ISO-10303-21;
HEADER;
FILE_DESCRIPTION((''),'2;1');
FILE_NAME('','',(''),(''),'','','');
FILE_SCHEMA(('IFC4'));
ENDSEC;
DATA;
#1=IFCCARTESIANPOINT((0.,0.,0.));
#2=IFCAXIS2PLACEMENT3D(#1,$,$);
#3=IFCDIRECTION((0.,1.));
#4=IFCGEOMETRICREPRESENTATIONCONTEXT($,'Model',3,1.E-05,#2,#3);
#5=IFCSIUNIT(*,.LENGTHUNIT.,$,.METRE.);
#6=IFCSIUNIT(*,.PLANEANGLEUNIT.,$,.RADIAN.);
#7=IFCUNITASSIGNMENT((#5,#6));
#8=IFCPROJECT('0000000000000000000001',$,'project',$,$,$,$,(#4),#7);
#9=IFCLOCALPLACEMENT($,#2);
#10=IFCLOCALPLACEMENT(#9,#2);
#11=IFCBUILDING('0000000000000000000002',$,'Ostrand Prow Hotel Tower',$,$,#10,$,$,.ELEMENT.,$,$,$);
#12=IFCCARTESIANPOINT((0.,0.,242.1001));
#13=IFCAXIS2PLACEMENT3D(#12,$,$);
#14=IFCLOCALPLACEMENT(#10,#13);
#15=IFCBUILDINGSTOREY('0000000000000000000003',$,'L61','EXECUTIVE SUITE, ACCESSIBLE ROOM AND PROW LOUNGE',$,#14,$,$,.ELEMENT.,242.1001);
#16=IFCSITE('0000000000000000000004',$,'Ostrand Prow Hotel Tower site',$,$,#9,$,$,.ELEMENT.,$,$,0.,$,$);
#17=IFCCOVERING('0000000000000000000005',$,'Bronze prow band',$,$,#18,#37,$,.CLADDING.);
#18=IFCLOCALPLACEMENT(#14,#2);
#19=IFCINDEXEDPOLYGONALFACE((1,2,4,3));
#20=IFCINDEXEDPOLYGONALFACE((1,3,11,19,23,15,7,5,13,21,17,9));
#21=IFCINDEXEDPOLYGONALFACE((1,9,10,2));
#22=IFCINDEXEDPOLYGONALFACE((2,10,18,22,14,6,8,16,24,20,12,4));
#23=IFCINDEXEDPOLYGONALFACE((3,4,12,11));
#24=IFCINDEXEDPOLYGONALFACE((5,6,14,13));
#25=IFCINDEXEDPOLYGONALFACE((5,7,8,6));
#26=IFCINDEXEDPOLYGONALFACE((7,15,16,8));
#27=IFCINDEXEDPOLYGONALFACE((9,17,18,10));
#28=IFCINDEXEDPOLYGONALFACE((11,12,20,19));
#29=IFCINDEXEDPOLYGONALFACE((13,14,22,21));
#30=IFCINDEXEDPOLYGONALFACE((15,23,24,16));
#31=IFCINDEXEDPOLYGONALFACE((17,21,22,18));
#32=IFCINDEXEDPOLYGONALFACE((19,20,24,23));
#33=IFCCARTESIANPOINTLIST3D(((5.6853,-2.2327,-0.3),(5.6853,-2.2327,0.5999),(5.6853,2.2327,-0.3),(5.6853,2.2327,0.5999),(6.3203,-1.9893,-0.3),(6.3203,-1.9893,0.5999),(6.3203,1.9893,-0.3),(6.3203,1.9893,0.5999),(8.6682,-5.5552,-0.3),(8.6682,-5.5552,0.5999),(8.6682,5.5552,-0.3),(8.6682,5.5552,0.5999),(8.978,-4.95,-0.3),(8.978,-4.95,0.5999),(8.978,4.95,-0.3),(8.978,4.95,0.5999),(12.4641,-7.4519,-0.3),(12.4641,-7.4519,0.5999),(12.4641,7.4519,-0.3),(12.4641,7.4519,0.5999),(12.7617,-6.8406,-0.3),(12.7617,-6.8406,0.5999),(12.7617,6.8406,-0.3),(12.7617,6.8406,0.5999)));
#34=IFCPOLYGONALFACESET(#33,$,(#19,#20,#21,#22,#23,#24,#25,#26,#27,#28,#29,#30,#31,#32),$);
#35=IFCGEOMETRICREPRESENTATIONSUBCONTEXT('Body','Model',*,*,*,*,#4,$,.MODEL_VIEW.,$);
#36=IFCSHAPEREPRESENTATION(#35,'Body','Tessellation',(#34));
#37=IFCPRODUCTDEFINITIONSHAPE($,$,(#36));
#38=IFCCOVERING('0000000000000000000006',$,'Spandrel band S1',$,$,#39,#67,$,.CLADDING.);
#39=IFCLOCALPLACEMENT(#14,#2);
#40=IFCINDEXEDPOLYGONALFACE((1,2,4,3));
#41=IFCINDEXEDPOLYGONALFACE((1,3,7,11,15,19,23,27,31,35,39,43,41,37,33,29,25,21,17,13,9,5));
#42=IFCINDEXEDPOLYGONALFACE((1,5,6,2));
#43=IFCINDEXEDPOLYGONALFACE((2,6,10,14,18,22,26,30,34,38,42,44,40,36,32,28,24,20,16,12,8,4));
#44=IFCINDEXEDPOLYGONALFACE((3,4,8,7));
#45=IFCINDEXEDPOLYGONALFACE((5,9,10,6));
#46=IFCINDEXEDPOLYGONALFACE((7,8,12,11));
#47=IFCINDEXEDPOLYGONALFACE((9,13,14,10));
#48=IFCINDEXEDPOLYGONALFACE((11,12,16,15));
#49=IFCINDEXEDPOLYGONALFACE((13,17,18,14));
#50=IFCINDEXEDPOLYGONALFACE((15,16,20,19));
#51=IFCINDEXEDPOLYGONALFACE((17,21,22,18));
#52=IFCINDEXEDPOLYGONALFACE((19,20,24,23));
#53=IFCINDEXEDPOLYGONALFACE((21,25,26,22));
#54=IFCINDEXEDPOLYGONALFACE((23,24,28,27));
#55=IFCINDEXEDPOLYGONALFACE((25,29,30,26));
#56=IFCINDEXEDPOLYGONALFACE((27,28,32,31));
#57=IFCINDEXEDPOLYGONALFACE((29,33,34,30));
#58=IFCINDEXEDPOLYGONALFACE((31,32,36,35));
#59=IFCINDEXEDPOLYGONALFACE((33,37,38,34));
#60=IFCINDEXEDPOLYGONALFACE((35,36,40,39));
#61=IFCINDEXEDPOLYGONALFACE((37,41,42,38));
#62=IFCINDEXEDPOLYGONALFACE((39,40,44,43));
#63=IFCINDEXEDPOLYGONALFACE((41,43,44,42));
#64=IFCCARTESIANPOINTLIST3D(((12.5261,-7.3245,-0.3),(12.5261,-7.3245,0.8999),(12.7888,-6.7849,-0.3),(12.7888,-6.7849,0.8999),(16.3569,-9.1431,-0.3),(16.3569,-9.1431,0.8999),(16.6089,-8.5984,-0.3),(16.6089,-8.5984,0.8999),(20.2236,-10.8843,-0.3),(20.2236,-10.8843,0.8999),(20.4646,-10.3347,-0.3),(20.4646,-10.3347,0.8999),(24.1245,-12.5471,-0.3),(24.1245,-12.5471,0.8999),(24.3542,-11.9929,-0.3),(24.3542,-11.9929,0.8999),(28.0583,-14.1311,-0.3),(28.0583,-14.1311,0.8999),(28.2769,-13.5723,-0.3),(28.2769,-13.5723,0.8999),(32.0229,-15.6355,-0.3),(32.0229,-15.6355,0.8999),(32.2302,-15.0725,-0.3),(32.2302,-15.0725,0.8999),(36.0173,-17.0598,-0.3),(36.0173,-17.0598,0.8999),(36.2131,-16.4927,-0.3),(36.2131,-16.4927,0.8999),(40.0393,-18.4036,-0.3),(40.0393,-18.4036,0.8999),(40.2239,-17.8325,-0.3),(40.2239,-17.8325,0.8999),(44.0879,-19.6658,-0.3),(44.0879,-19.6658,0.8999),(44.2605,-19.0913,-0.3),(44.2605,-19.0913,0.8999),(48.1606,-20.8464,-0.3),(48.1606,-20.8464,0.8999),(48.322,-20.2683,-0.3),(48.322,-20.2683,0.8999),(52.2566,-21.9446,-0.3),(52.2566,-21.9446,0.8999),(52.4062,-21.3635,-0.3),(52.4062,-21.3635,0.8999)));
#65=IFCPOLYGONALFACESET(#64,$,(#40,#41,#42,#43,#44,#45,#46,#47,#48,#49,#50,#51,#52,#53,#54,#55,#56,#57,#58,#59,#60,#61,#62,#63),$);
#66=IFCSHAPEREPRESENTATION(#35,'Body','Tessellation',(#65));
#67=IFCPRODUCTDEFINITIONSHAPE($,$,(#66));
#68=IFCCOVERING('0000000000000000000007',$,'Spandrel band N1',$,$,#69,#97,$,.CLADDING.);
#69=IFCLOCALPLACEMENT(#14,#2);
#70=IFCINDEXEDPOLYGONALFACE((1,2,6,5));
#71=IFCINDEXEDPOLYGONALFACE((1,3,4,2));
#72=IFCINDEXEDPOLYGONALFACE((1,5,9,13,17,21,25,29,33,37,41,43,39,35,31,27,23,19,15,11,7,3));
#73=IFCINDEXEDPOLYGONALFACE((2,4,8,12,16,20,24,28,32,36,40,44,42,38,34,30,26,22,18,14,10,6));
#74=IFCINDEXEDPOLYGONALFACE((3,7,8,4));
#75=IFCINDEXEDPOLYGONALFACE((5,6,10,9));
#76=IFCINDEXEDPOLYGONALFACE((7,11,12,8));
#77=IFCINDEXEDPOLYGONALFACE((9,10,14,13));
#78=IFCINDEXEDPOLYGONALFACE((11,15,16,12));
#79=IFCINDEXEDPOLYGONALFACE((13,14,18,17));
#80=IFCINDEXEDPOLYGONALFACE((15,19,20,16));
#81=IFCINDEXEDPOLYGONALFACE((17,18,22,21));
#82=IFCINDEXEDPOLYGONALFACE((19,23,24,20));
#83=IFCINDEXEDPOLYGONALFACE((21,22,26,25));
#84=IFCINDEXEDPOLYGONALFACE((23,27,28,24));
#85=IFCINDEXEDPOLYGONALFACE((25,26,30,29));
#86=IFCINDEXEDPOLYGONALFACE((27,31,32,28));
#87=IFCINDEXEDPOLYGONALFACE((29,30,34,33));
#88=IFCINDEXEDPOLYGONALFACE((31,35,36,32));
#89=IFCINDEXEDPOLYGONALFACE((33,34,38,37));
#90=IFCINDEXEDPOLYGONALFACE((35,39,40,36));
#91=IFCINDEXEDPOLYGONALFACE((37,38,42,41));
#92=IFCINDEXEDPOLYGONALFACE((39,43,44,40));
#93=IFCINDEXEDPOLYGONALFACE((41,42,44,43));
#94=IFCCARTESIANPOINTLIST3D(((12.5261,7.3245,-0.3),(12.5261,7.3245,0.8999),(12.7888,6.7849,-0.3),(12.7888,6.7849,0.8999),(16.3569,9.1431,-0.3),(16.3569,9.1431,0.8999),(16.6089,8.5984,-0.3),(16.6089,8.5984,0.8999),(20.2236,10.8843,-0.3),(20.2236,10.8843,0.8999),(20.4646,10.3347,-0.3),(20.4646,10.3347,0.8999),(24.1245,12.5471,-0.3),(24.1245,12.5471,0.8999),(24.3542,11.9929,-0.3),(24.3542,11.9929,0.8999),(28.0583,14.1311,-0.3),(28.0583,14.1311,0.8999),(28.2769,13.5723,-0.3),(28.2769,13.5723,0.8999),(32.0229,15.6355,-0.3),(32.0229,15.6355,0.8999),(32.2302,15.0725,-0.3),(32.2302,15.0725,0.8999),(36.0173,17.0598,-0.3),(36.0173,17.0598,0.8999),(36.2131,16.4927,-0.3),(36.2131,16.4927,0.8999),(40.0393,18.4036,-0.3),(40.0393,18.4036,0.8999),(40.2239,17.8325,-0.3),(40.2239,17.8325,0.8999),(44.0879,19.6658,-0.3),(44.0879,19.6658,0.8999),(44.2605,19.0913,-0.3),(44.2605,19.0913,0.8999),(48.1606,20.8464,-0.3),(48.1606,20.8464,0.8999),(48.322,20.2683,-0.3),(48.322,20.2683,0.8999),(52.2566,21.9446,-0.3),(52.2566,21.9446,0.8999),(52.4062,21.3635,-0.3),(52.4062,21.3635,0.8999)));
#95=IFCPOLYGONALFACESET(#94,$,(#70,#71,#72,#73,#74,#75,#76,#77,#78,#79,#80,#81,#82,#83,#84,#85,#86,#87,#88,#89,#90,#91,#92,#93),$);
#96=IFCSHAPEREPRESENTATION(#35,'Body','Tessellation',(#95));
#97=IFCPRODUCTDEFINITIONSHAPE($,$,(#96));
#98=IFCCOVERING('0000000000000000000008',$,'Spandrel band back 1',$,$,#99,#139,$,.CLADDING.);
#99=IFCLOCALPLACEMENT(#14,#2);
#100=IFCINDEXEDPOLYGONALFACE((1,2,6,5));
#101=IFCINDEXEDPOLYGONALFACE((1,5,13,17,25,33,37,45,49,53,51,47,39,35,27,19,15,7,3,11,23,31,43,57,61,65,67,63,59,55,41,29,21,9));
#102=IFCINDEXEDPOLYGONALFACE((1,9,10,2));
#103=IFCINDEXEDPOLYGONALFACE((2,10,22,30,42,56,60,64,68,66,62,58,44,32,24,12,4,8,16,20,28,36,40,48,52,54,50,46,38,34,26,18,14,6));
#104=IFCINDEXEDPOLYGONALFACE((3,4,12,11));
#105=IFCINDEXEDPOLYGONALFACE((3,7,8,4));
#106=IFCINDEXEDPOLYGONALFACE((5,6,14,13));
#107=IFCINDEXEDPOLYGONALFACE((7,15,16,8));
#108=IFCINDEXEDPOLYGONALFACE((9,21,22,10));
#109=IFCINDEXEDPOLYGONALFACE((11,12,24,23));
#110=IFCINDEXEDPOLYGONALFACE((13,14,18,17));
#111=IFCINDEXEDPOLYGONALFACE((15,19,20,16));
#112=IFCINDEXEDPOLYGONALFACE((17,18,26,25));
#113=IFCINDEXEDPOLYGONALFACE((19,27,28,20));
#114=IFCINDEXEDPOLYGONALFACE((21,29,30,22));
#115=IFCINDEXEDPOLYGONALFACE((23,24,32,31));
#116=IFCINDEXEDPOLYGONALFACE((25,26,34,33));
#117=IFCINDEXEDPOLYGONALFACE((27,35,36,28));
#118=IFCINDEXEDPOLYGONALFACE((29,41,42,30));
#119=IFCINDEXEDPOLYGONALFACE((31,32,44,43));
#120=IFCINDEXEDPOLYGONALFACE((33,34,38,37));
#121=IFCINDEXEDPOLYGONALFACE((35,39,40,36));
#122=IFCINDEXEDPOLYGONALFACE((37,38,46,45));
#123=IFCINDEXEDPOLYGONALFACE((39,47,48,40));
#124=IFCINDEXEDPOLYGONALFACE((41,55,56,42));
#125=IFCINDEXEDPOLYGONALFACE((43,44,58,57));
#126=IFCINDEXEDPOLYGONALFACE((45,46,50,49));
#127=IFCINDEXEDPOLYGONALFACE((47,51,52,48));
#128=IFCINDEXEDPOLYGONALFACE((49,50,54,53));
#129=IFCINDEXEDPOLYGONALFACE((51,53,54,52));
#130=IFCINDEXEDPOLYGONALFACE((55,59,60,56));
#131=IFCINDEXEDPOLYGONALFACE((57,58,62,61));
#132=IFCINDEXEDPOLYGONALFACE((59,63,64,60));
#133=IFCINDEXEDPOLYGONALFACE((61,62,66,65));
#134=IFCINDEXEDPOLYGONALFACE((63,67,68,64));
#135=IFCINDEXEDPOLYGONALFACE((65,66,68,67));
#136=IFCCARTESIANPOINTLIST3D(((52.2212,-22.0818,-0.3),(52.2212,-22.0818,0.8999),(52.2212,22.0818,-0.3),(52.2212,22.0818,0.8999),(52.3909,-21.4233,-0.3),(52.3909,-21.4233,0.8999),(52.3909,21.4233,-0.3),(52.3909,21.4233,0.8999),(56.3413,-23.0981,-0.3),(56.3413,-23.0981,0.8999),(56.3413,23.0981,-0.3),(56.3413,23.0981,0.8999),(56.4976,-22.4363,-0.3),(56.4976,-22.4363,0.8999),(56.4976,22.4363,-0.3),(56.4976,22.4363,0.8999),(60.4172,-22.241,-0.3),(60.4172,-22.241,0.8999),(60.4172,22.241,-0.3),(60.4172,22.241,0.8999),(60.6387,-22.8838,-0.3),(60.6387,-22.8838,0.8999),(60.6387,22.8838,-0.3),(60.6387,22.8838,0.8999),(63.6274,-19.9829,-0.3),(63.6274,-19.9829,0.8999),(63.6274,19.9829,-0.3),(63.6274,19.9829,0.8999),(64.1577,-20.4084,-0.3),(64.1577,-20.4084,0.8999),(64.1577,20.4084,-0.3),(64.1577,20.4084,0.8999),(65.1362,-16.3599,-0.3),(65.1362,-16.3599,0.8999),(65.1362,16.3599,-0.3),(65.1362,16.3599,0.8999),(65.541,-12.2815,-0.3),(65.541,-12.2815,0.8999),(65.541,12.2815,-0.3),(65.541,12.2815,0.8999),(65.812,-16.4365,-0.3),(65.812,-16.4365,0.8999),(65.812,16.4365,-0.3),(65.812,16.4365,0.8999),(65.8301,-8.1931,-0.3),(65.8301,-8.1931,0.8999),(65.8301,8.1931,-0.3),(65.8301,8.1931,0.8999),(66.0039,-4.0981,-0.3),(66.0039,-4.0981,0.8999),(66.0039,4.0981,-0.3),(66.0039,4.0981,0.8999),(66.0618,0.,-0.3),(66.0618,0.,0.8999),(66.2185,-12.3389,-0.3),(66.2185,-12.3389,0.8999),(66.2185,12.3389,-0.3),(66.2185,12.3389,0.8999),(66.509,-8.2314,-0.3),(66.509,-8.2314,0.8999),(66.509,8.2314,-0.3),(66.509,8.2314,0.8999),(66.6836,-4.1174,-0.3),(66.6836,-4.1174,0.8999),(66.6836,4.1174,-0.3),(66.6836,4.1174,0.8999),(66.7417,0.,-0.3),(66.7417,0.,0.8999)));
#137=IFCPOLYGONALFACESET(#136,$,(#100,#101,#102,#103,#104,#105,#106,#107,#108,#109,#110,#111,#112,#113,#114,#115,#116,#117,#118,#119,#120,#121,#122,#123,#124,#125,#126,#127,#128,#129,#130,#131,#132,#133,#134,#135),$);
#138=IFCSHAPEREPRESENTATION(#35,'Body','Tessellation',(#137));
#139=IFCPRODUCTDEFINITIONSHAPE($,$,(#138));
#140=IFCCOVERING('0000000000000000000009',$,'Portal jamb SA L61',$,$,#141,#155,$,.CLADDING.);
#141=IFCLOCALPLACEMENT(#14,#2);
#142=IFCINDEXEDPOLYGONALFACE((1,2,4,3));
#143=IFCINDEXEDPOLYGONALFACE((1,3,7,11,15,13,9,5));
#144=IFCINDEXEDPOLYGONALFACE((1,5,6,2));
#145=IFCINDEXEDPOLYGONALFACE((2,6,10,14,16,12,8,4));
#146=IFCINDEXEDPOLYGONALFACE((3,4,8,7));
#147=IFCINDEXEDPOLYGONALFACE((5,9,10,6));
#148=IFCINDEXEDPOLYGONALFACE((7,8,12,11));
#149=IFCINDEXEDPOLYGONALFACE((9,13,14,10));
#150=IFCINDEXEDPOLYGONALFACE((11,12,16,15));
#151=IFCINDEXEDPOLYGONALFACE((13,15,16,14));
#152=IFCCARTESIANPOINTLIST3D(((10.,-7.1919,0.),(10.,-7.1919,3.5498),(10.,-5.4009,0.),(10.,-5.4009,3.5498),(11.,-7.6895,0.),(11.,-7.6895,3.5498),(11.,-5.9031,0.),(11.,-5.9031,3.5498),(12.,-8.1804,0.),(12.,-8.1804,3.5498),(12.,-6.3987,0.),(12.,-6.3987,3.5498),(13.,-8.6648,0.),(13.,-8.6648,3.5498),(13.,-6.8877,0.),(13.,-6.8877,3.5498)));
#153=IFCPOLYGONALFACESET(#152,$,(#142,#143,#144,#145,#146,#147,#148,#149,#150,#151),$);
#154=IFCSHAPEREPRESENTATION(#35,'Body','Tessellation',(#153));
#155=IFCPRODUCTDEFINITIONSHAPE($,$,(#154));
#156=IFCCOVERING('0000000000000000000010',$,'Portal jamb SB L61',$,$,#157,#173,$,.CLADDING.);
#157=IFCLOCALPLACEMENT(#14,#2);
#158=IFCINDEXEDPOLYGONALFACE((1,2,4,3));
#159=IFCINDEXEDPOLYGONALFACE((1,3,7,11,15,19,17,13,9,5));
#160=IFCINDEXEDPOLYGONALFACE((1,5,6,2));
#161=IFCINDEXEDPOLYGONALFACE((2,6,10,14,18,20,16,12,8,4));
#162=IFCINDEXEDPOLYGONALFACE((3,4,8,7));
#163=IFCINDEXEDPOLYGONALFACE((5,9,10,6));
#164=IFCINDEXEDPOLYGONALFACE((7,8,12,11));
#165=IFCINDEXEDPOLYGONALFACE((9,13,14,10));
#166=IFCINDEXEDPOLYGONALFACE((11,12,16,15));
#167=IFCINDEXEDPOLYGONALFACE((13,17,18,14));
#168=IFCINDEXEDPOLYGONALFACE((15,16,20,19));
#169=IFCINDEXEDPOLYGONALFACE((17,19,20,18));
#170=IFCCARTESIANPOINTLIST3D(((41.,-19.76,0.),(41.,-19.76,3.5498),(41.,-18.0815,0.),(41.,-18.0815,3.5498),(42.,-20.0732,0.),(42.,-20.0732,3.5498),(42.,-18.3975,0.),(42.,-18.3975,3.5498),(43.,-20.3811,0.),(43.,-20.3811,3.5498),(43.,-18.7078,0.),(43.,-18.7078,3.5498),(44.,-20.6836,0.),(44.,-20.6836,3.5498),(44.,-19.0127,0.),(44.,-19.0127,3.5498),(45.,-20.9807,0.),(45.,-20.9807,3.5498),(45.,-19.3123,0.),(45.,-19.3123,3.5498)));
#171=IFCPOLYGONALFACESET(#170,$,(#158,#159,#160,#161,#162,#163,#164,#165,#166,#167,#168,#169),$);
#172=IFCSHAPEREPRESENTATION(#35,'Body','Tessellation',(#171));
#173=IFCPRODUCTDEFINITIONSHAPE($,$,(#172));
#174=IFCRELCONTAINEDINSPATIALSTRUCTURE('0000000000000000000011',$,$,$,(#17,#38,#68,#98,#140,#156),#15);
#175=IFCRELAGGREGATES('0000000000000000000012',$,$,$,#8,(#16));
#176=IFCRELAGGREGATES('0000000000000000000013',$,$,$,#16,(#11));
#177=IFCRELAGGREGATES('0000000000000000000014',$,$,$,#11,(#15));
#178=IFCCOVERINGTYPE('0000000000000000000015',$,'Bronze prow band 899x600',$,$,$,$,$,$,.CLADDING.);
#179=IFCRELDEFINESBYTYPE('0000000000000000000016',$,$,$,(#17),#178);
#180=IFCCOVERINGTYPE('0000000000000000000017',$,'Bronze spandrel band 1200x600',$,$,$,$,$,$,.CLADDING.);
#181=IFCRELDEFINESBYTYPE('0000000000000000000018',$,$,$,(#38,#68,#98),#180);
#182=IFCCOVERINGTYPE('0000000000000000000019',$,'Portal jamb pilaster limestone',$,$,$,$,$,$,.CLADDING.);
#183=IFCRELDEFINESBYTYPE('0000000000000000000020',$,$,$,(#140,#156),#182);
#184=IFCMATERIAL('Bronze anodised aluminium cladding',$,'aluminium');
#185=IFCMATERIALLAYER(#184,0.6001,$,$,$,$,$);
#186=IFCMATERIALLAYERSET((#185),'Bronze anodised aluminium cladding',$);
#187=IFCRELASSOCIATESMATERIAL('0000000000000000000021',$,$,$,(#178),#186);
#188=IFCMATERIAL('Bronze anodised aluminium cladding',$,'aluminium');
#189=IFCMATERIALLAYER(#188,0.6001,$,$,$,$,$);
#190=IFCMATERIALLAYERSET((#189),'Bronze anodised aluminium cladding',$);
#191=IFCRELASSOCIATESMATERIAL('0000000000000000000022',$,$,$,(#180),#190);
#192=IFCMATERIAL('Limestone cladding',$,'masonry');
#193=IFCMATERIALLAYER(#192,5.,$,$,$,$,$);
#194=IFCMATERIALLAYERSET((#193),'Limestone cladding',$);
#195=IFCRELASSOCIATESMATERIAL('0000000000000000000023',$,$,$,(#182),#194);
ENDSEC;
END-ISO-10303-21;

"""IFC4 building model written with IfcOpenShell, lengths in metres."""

from ifc_helpers import new_model, si_unit, direction, frame, origin, place, context, subcontext, project, spatial, polyline, outline, extrude, material, layer, layer_set, type_object, element, save


model = new_model("IFC4")

# Units and contexts
model_context = context("Model", 3, precision=1e-05, world=origin(), true_north=direction((0.0, 1.0)))
body_context = subcontext(model_context, "Body", "Model", "MODEL_VIEW")
ifc_project = project(units=[si_unit("LENGTHUNIT", "METRE"), si_unit("PLANEANGLEUNIT", "RADIAN")], contexts=[model_context])

# Site, building, storey
site_placement = place(None, origin())
site = spatial("IfcSite", under=ifc_project, at=site_placement, Name="Ostrand Prow Hotel Tower site", CompositionType="ELEMENT", RefElevation=0.0)
building_placement = place(site_placement, origin())
building = spatial("IfcBuilding", under=site, at=building_placement, Name="Ostrand Prow Hotel Tower", CompositionType="ELEMENT")
storey_placement = place(building_placement, frame((0.0, 0.0, 242.1001)))
storey = spatial("IfcBuildingStorey", under=building, at=storey_placement, Name="L61", Description="EXECUTIVE SUITE, ACCESSIBLE ROOM AND PROW LOUNGE", CompositionType="ELEMENT", Elevation=242.1001)

# Coverings
ifc_material_1 = material(Name="Bronze anodised aluminium cladding", Category="aluminium")
ifc_layer_1 = layer(ifc_material_1, 0.6001)
ifc_layer_set_1 = layer_set([ifc_layer_1], Name="Bronze anodised aluminium cladding")
covering_type_1 = type_object("IfcCoveringType", Name="Bronze prow band 899x600", PredefinedType="CLADDING", material=ifc_layer_set_1)
covering_1_placement = place(storey_placement, frame((0.0, 0.0, -0.3)))
element("IfcCovering", 1, at=covering_1_placement, inside=storey, type_object=covering_type_1, Name="Bronze prow band", PredefinedType="CLADDING", context=body_context, shape_type="SweptSolid", body=[
    extrude(outline(polyline([(12.4641, 7.4519), (8.6682, 5.5552), (5.6853, 2.2327), (5.6853, -2.2327), (8.6682, -5.5552), (12.4641, -7.4519), (12.7617, -6.8406), (8.978, -4.95), (6.3203, -1.9893), (6.3203, 1.9893), (8.978, 4.95), (12.7617, 6.8406), (12.4641, 7.4519)])), origin(), (0.0, 0.0, 1.0), 0.8999),
])
ifc_material_2 = material(Name="Bronze anodised aluminium cladding", Category="aluminium")
ifc_layer_2 = layer(ifc_material_2, 0.6001)
ifc_layer_set_2 = layer_set([ifc_layer_2], Name="Bronze anodised aluminium cladding")
covering_type_2 = type_object("IfcCoveringType", Name="Bronze spandrel band 1200x600", PredefinedType="CLADDING", material=ifc_layer_set_2)
covering_2_placement = place(storey_placement, frame((0.0, 0.0, -0.3)))
element("IfcCovering", 2, at=covering_2_placement, inside=storey, type_object=covering_type_2, Name="Spandrel band S1", PredefinedType="CLADDING", context=body_context, shape_type="SweptSolid", body=[
    extrude(outline(polyline([(12.5261, -7.3245), (16.3569, -9.1431), (20.2236, -10.8843), (24.1245, -12.5471), (28.0583, -14.1311), (32.0229, -15.6355), (36.0173, -17.0598), (40.0393, -18.4036), (44.0879, -19.6658), (48.1606, -20.8464), (52.2566, -21.9446), (52.4062, -21.3635), (48.322, -20.2683), (44.2605, -19.0913), (40.2239, -17.8325), (36.2131, -16.4927), (32.2302, -15.0725), (28.2769, -13.5723), (24.3542, -11.9929), (20.4646, -10.3347), (16.6089, -8.5984), (12.7888, -6.7849), (12.5261, -7.3245)])), origin(), (0.0, 0.0, 1.0), 1.2),
])
covering_3_placement = place(storey_placement, frame((0.0, 0.0, -0.3)))
element("IfcCovering", 3, at=covering_3_placement, inside=storey, type_object=covering_type_2, Name="Spandrel band N1", PredefinedType="CLADDING", context=body_context, shape_type="SweptSolid", body=[
    extrude(outline(polyline([(52.2566, 21.9446), (48.1606, 20.8464), (44.0879, 19.6658), (40.0393, 18.4036), (36.0173, 17.0598), (32.0229, 15.6355), (28.0583, 14.1311), (24.1245, 12.5471), (20.2236, 10.8843), (16.3569, 9.1431), (12.5261, 7.3245), (12.7888, 6.7849), (16.6089, 8.5984), (20.4646, 10.3347), (24.3542, 11.9929), (28.2769, 13.5723), (32.2302, 15.0725), (36.2131, 16.4927), (40.2239, 17.8325), (44.2605, 19.0913), (48.322, 20.2683), (52.4062, 21.3635), (52.2566, 21.9446)])), origin(), (0.0, 0.0, 1.0), 1.2),
])
covering_4_placement = place(storey_placement, frame((0.0, 0.0, -0.3)))
element("IfcCovering", 4, at=covering_4_placement, inside=storey, type_object=covering_type_2, Name="Spandrel band back 1", PredefinedType="CLADDING", context=body_context, shape_type="SweptSolid", body=[
    extrude(outline(polyline([(52.2212, -22.0818), (56.3413, -23.0981), (60.6387, -22.8838), (64.1577, -20.4084), (65.812, -16.4365), (66.2185, -12.3389), (66.509, -8.2314), (66.6836, -4.1174), (66.7417, 0.0), (66.6836, 4.1174), (66.509, 8.2314), (66.2185, 12.3389), (65.812, 16.4365), (64.1577, 20.4084), (60.6387, 22.8838), (56.3413, 23.0981), (52.2212, 22.0818), (52.3909, 21.4233), (56.4976, 22.4363), (60.4172, 22.241), (63.6274, 19.9829), (65.1362, 16.3599), (65.541, 12.2815), (65.8301, 8.1931), (66.0039, 4.0981), (66.0618, 0.0), (66.0039, -4.0981), (65.8301, -8.1931), (65.541, -12.2815), (65.1362, -16.3599), (63.6274, -19.9829), (60.4172, -22.241), (56.4976, -22.4363), (52.3909, -21.4233), (52.2212, -22.0818)])), origin(), (0.0, 0.0, 1.0), 1.2),
])
ifc_material_3 = material(Name="Limestone cladding", Category="masonry")
ifc_layer_3 = layer(ifc_material_3, 5.0)
ifc_layer_set_3 = layer_set([ifc_layer_3], Name="Limestone cladding")
covering_type_3 = type_object("IfcCoveringType", Name="Portal jamb pilaster limestone", PredefinedType="CLADDING", material=ifc_layer_set_3)
covering_5_placement = place(storey_placement, origin())
element("IfcCovering", 5, at=covering_5_placement, inside=storey, type_object=covering_type_3, Name="Portal jamb SA L61", PredefinedType="CLADDING", context=body_context, shape_type="SweptSolid", body=[
    extrude(outline(polyline([(10.0, -5.4009), (10.0, -7.1919), (11.0, -7.6895), (12.0, -8.1804), (13.0, -8.6648), (13.0, -6.8877), (12.0, -6.3987), (11.0, -5.9031), (10.0, -5.4009)])), origin(), (0.0, 0.0, 1.0), 3.5498),
])
covering_6_placement = place(storey_placement, origin())
element("IfcCovering", 6, at=covering_6_placement, inside=storey, type_object=covering_type_3, Name="Portal jamb SB L61", PredefinedType="CLADDING", context=body_context, shape_type="SweptSolid", body=[
    extrude(outline(polyline([(41.0, -18.0815), (41.0, -19.76), (42.0, -20.0732), (43.0, -20.3811), (44.0, -20.6836), (45.0, -20.9807), (45.0, -19.3123), (44.0, -19.0127), (43.0, -18.7078), (42.0, -18.3975), (41.0, -18.0815)])), origin(), (0.0, 0.0, 1.0), 3.5498),
])

save(model, "model.ifc")
